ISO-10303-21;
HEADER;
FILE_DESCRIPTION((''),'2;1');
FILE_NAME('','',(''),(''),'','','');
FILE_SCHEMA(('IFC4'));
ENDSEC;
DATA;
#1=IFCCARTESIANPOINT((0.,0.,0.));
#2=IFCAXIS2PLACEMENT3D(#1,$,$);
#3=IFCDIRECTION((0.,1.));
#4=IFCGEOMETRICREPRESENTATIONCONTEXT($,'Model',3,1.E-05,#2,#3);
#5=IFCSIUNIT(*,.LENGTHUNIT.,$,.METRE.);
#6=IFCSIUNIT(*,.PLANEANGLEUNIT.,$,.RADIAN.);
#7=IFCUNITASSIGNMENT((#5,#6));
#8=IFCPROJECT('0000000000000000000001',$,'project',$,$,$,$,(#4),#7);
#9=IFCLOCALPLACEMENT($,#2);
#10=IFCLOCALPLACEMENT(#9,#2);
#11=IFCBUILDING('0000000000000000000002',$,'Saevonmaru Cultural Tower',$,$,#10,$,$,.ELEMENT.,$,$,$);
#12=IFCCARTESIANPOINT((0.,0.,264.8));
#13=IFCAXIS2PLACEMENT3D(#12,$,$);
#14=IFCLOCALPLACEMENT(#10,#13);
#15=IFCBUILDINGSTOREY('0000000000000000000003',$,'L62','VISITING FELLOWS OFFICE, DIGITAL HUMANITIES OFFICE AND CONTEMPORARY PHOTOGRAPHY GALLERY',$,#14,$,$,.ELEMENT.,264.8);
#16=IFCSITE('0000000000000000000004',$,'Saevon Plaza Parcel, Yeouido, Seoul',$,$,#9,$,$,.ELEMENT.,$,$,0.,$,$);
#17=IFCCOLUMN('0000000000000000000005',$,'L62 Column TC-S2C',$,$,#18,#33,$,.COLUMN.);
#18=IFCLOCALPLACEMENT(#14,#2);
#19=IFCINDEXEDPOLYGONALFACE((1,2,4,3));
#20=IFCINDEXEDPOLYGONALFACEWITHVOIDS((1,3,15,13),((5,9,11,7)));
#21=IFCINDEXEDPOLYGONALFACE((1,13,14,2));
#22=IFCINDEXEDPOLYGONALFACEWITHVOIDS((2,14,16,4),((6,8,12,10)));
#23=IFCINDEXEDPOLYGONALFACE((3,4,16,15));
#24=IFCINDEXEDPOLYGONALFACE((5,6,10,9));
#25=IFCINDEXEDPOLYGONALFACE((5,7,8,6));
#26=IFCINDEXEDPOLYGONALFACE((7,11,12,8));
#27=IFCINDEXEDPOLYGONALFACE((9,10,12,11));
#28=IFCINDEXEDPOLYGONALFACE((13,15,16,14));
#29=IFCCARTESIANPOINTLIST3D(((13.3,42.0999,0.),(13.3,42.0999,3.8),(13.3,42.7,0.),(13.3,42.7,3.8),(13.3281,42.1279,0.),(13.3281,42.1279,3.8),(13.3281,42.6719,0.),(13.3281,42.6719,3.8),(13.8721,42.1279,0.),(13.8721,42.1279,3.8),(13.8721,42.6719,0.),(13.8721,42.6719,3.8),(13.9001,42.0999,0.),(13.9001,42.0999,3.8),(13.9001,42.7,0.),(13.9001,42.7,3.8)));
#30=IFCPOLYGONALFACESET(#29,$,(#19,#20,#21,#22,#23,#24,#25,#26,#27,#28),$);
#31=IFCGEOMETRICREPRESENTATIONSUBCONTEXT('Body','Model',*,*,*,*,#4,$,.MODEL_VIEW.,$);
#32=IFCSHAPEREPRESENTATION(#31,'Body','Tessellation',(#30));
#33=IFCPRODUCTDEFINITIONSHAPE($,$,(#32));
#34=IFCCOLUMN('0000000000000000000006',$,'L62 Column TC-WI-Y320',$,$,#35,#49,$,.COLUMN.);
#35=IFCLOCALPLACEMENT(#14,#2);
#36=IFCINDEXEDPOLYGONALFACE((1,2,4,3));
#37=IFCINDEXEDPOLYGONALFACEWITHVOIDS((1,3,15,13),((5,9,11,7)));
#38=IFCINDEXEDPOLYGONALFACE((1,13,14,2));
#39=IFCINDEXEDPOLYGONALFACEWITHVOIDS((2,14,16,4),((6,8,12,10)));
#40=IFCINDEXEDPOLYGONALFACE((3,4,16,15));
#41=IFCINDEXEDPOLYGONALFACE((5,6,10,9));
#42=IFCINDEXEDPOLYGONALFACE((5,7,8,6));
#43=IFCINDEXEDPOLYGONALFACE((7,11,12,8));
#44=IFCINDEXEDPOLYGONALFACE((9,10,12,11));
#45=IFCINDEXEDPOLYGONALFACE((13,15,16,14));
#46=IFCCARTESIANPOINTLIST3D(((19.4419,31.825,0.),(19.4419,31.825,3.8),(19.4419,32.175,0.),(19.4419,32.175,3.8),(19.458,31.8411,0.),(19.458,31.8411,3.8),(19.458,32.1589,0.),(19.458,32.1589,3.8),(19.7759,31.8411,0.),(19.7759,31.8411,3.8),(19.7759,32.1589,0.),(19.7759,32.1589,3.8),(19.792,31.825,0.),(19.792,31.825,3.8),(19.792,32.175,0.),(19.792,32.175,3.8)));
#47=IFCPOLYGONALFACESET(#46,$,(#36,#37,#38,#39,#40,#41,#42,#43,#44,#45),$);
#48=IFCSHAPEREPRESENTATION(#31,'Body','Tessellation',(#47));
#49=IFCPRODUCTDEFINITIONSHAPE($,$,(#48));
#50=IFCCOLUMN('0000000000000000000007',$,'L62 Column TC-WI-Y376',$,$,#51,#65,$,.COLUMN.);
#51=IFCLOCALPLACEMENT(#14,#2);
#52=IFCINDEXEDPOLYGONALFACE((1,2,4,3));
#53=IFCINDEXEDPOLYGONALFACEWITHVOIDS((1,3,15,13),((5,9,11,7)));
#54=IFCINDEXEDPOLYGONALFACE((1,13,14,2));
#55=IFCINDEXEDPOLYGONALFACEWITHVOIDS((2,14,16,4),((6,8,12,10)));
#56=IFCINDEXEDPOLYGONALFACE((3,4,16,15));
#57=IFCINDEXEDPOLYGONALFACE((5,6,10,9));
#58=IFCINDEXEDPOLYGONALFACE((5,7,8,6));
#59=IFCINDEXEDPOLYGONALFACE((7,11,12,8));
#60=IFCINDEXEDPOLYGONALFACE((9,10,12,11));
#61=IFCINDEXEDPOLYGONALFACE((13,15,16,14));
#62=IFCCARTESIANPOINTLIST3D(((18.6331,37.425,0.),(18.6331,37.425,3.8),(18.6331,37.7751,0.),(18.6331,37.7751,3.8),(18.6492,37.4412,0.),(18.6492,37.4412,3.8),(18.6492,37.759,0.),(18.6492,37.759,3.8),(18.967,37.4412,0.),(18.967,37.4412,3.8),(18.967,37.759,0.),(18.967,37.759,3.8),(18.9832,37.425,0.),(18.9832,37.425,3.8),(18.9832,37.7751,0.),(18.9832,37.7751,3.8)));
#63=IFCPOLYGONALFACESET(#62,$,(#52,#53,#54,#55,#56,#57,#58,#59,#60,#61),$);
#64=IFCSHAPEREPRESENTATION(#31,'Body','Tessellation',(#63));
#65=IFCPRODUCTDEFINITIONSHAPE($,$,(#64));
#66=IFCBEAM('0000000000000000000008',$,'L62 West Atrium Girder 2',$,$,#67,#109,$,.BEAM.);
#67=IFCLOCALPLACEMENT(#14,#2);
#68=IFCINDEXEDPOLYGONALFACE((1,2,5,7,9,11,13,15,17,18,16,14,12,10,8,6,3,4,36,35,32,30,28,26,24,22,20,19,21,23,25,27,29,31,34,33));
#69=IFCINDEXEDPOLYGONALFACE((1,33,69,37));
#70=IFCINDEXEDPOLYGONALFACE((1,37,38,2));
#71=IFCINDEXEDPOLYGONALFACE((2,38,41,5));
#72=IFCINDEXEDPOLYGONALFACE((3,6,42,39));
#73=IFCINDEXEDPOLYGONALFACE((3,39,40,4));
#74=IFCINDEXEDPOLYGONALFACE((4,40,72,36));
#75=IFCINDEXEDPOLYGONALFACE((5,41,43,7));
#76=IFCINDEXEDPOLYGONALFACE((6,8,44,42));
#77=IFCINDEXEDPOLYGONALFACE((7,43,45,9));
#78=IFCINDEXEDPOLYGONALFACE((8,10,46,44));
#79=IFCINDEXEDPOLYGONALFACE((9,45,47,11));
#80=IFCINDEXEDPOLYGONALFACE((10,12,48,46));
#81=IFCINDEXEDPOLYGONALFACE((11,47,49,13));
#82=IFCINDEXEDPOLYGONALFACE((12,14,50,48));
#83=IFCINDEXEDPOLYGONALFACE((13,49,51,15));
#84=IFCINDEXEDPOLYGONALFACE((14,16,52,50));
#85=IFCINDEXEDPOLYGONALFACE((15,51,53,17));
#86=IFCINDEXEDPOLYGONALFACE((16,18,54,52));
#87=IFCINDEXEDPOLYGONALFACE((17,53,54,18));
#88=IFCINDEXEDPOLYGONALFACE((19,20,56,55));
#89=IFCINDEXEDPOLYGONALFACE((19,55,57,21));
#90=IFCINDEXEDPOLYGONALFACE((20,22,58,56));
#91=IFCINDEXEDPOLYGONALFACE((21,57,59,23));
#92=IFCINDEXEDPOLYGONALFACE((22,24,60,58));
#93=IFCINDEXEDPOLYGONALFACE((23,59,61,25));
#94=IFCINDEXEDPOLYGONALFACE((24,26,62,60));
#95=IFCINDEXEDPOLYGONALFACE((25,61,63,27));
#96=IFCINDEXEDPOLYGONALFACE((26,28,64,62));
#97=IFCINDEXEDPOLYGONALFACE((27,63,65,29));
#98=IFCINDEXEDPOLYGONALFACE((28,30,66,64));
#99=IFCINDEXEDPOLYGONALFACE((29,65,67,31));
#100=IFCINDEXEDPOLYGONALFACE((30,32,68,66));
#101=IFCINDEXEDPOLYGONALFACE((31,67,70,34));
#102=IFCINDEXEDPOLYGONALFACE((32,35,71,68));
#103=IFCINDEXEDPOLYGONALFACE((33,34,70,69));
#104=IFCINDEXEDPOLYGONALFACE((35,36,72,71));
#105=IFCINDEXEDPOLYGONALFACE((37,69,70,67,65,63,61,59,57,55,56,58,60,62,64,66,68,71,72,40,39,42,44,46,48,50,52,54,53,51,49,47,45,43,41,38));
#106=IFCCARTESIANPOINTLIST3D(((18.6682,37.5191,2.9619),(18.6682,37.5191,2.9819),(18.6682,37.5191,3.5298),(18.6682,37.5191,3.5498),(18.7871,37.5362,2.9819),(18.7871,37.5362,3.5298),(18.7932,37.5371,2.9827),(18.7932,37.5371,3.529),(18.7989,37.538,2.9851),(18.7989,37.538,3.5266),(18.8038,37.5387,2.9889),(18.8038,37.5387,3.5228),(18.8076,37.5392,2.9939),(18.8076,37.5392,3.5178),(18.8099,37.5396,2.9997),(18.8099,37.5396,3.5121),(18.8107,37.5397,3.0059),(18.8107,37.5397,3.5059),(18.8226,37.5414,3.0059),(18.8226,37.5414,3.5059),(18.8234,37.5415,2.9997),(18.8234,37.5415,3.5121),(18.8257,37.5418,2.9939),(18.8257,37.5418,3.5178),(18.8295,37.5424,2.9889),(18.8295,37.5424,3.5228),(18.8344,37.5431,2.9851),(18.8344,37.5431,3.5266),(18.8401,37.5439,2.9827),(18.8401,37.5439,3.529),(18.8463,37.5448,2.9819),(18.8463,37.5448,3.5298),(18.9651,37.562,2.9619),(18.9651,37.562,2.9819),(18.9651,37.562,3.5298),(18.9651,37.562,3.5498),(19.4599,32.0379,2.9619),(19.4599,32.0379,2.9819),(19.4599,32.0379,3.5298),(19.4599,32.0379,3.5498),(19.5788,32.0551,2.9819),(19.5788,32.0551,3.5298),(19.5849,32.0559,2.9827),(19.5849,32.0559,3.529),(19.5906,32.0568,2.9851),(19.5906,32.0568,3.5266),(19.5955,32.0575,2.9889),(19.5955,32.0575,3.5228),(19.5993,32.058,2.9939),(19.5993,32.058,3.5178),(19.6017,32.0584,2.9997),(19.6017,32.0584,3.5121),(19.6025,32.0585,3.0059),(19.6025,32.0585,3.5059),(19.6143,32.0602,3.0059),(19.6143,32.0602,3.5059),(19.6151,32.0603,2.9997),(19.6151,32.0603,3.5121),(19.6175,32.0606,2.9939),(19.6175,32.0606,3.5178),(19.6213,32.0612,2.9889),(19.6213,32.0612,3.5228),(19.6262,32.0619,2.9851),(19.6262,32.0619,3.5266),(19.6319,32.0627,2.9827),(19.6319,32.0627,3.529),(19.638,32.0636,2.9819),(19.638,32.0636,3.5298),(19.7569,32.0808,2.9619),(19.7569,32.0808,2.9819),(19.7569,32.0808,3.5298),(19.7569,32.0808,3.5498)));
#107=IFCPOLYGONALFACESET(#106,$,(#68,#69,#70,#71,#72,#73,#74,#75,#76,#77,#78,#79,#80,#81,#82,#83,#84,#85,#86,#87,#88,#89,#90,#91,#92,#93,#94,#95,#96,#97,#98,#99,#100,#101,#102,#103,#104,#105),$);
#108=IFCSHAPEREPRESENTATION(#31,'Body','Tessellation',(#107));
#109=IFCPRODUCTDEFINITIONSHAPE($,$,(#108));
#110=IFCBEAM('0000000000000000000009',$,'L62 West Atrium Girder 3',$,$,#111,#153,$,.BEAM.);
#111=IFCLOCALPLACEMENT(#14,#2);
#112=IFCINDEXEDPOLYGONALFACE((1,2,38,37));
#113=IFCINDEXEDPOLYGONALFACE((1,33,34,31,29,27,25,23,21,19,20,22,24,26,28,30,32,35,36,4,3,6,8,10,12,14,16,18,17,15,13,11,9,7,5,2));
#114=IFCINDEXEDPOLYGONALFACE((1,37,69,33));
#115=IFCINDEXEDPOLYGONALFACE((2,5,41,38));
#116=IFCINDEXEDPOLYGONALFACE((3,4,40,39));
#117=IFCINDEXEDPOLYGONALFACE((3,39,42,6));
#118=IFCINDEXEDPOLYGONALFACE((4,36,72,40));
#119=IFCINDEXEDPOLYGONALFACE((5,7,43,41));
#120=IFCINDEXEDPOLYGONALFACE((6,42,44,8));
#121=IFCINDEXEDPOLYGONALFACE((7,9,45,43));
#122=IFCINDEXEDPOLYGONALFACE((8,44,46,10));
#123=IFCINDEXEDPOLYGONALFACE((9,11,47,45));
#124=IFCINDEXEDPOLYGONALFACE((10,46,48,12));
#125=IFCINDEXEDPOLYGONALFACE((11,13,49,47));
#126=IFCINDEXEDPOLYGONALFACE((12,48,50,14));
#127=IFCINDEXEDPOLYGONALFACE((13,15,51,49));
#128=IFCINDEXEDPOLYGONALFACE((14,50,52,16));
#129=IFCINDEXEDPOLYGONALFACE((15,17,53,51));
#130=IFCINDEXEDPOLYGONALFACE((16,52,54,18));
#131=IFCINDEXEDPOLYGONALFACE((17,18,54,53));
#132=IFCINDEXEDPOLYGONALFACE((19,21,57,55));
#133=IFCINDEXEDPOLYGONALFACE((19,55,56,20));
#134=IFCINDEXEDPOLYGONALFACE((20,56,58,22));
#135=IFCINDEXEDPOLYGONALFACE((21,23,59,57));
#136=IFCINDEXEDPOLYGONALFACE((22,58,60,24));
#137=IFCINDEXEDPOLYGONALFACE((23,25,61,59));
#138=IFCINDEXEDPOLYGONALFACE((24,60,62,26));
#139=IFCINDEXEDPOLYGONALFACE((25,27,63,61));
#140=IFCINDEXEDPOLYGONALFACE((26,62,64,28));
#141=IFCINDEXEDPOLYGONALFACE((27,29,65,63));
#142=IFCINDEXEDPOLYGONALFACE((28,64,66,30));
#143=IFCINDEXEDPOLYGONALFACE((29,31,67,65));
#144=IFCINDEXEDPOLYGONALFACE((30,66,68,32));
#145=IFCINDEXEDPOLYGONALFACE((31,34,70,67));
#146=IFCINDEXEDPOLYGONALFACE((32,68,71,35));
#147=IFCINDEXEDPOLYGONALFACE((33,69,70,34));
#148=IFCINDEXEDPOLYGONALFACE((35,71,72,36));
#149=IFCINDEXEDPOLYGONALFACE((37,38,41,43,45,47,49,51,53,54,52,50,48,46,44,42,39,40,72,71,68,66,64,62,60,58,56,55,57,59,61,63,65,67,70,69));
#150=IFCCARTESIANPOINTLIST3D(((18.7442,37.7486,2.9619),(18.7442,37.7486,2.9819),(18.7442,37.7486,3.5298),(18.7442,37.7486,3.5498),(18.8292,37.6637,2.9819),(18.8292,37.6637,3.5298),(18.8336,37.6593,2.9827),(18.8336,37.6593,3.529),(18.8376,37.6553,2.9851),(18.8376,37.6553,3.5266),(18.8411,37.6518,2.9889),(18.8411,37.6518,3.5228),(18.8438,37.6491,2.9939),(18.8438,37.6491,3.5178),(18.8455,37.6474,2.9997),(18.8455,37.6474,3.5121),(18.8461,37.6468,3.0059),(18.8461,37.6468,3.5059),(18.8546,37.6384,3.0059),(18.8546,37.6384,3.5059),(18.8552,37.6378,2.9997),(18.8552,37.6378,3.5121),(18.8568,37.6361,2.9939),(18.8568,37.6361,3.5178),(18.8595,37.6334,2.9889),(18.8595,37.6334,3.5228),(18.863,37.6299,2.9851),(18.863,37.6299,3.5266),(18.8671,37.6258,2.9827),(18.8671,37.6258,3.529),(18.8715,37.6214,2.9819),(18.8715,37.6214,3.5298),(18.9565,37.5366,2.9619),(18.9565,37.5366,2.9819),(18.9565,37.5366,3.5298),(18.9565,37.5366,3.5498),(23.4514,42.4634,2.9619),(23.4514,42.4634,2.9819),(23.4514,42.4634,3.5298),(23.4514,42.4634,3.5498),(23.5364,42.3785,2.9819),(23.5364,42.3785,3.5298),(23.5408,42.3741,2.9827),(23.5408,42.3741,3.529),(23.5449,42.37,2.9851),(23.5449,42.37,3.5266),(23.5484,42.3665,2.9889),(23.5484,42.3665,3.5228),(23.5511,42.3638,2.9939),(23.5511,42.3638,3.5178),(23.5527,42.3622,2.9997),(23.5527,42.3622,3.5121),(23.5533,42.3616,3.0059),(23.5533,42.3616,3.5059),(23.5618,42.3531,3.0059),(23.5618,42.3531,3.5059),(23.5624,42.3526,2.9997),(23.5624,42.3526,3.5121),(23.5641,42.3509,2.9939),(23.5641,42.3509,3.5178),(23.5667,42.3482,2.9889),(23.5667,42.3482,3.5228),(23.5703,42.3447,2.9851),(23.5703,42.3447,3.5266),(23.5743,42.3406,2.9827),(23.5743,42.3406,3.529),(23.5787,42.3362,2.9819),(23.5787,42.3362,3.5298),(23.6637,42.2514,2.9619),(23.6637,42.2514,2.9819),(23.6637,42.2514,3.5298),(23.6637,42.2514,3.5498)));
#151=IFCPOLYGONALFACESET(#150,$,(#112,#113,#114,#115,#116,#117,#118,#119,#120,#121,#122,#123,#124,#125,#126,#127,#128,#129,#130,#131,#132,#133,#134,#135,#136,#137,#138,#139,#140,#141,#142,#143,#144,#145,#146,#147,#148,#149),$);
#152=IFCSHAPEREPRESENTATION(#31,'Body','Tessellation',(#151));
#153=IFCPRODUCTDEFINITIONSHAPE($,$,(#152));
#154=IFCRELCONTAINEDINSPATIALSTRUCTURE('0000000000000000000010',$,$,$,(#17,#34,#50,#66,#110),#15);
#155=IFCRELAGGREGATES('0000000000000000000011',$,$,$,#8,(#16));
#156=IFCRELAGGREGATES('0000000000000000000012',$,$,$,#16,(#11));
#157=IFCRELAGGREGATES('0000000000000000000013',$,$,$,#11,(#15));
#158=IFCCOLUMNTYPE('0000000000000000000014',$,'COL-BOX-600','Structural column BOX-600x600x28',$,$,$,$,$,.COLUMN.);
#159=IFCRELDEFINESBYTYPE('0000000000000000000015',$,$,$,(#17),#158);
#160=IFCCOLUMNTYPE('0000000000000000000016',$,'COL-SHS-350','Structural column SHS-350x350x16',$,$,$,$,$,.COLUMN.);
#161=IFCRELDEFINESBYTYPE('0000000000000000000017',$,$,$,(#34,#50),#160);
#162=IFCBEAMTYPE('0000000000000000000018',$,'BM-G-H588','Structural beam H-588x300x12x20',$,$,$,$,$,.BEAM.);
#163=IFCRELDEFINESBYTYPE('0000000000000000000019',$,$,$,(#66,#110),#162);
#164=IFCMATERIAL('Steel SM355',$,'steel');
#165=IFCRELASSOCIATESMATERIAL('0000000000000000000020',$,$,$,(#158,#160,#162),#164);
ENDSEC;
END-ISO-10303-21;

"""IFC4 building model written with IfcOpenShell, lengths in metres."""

from ifc_helpers import new_model, si_unit, direction, frame, origin, origin_2d, place, context, subcontext, project, spatial, hollow_rectangle, i_section, extrude, material, material_profile, profile_set, type_object, element, save


model = new_model("IFC4")

# Units and contexts
model_context = context("Model", 3, precision=1e-05, world=origin(), true_north=direction((0.0, 1.0)))
body_context = subcontext(model_context, "Body", "Model", "MODEL_VIEW")
ifc_project = project(units=[si_unit("LENGTHUNIT", "METRE"), si_unit("PLANEANGLEUNIT", "RADIAN")], contexts=[model_context])

# Site, building, storey
site_placement = place(None, origin())
site = spatial("IfcSite", under=ifc_project, at=site_placement, Name="Saevon Plaza Parcel, Yeouido, Seoul", CompositionType="ELEMENT", RefElevation=0.0)
building_placement = place(site_placement, origin())
building = spatial("IfcBuilding", under=site, at=building_placement, Name="Saevonmaru Cultural Tower", CompositionType="ELEMENT")
storey_placement = place(building_placement, frame((0.0, 0.0, 264.8)))
storey = spatial("IfcBuildingStorey", under=building, at=storey_placement, Name="L62", Description="VISITING FELLOWS OFFICE, DIGITAL HUMANITIES OFFICE AND CONTEMPORARY PHOTOGRAPHY GALLERY", CompositionType="ELEMENT", Elevation=264.8)

# Columns
ifc_material_1 = material(Name="Steel SM355", Category="steel")
ifc_material_profile_1 = material_profile(ifc_material_1, hollow_rectangle(XDim=0.6001, YDim=0.6001, WallThickness=0.0281, at=origin_2d()), Name="BOX-600x600x28")
ifc_profile_set_1 = profile_set([ifc_material_profile_1], Name="Steel SM355")
column_type_1 = type_object("IfcColumnType", Name="COL-BOX-600", Description="Structural column BOX-600x600x28", PredefinedType="COLUMN", material=ifc_profile_set_1)
column_placement = place(storey_placement, frame((13.6001, 42.3999, 0.0), z_axis=(0.0, 0.0, 1.0), x_axis=(1.0, 0.0, 0.0)))
element("IfcColumn", 1, at=column_placement, inside=storey, type_object=column_type_1, Name="L62 Column TC-S2C", PredefinedType="COLUMN", context=body_context, shape_type="SweptSolid", body=[
    extrude(hollow_rectangle(XDim=0.6001, YDim=0.6001, WallThickness=0.0281, at=origin_2d()), origin(), (0.0, 0.0, 1.0), 3.8),
])
ifc_material_profile_2 = material_profile(ifc_material_1, hollow_rectangle(XDim=0.3501, YDim=0.3501, WallThickness=0.0161, at=origin_2d()), Name="SHS-350x350x16")
ifc_profile_set_2 = profile_set([ifc_material_profile_2], Name="Steel SM355")
column_type_2 = type_object("IfcColumnType", Name="COL-SHS-350", Description="Structural column SHS-350x350x16", PredefinedType="COLUMN", material=ifc_profile_set_2)
for number, where, z_axis, x_axis, name in (
    (2, (19.6169, 32.0, 0.0), (0.0, 0.0, 1.0), (1.0, 0.0, 0.0), "L62 Column TC-WI-Y320"),
    (3, (18.8081, 37.6001, 0.0), (0.0, 0.0, 1.0), (1.0, 0.0, 0.0), "L62 Column TC-WI-Y376"),
):
    element("IfcColumn", number, at=place(storey_placement, frame(where, z_axis=z_axis, x_axis=x_axis)), inside=storey, type_object=column_type_2, Name=name, PredefinedType="COLUMN", context=body_context, shape_type="SweptSolid", body=[
        extrude(hollow_rectangle(XDim=0.3501, YDim=0.3501, WallThickness=0.0161, at=origin_2d()), origin(), (0.0, 0.0, 1.0), 3.8),
    ])

# Beams
ifc_material_profile_3 = material_profile(ifc_material_1, i_section(OverallWidth=0.3, OverallDepth=0.5879, WebThickness=0.012, FlangeThickness=0.02, FilletRadius=0.0239, at=origin_2d()), Name="H-588x300x12x20")
ifc_profile_set_3 = profile_set([ifc_material_profile_3], Name="Steel SM355")
beam_type = type_object("IfcBeamType", Name="BM-G-H588", Description="Structural beam H-588x300x12x20", PredefinedType="BEAM", material=ifc_profile_set_3)
beam_1_placement = place(storey_placement, frame((19.6084, 32.0593, 3.2559), z_axis=(-0.142964, 0.989728, 0.0), x_axis=(-0.989728, -0.142964, 0.0)))
element("IfcBeam", 4, at=beam_1_placement, inside=storey, type_object=beam_type, Name="L62 West Atrium Girder 2", PredefinedType="BEAM", context=body_context, shape_type="SweptSolid", body=[
    extrude(i_section(OverallWidth=0.3, OverallDepth=0.5879, WebThickness=0.012, FlangeThickness=0.02, FilletRadius=0.0239, at=origin_2d()), origin(), (0.0, 0.0, 1.0), 5.5381),
])
beam_2_placement = place(storey_placement, frame((18.8503, 37.6426, 3.2559), z_axis=(0.706539, 0.707675, 0.0), x_axis=(-0.707675, 0.706539, 0.0)))
element("IfcBeam", 5, at=beam_2_placement, inside=storey, type_object=beam_type, Name="L62 West Atrium Girder 3", PredefinedType="BEAM", context=body_context, shape_type="SweptSolid", body=[
    extrude(i_section(OverallWidth=0.3, OverallDepth=0.5879, WebThickness=0.012, FlangeThickness=0.02, FilletRadius=0.0239, at=origin_2d()), origin(), (0.0, 0.0, 1.0), 6.6624),
])

save(model, "model.ifc")
